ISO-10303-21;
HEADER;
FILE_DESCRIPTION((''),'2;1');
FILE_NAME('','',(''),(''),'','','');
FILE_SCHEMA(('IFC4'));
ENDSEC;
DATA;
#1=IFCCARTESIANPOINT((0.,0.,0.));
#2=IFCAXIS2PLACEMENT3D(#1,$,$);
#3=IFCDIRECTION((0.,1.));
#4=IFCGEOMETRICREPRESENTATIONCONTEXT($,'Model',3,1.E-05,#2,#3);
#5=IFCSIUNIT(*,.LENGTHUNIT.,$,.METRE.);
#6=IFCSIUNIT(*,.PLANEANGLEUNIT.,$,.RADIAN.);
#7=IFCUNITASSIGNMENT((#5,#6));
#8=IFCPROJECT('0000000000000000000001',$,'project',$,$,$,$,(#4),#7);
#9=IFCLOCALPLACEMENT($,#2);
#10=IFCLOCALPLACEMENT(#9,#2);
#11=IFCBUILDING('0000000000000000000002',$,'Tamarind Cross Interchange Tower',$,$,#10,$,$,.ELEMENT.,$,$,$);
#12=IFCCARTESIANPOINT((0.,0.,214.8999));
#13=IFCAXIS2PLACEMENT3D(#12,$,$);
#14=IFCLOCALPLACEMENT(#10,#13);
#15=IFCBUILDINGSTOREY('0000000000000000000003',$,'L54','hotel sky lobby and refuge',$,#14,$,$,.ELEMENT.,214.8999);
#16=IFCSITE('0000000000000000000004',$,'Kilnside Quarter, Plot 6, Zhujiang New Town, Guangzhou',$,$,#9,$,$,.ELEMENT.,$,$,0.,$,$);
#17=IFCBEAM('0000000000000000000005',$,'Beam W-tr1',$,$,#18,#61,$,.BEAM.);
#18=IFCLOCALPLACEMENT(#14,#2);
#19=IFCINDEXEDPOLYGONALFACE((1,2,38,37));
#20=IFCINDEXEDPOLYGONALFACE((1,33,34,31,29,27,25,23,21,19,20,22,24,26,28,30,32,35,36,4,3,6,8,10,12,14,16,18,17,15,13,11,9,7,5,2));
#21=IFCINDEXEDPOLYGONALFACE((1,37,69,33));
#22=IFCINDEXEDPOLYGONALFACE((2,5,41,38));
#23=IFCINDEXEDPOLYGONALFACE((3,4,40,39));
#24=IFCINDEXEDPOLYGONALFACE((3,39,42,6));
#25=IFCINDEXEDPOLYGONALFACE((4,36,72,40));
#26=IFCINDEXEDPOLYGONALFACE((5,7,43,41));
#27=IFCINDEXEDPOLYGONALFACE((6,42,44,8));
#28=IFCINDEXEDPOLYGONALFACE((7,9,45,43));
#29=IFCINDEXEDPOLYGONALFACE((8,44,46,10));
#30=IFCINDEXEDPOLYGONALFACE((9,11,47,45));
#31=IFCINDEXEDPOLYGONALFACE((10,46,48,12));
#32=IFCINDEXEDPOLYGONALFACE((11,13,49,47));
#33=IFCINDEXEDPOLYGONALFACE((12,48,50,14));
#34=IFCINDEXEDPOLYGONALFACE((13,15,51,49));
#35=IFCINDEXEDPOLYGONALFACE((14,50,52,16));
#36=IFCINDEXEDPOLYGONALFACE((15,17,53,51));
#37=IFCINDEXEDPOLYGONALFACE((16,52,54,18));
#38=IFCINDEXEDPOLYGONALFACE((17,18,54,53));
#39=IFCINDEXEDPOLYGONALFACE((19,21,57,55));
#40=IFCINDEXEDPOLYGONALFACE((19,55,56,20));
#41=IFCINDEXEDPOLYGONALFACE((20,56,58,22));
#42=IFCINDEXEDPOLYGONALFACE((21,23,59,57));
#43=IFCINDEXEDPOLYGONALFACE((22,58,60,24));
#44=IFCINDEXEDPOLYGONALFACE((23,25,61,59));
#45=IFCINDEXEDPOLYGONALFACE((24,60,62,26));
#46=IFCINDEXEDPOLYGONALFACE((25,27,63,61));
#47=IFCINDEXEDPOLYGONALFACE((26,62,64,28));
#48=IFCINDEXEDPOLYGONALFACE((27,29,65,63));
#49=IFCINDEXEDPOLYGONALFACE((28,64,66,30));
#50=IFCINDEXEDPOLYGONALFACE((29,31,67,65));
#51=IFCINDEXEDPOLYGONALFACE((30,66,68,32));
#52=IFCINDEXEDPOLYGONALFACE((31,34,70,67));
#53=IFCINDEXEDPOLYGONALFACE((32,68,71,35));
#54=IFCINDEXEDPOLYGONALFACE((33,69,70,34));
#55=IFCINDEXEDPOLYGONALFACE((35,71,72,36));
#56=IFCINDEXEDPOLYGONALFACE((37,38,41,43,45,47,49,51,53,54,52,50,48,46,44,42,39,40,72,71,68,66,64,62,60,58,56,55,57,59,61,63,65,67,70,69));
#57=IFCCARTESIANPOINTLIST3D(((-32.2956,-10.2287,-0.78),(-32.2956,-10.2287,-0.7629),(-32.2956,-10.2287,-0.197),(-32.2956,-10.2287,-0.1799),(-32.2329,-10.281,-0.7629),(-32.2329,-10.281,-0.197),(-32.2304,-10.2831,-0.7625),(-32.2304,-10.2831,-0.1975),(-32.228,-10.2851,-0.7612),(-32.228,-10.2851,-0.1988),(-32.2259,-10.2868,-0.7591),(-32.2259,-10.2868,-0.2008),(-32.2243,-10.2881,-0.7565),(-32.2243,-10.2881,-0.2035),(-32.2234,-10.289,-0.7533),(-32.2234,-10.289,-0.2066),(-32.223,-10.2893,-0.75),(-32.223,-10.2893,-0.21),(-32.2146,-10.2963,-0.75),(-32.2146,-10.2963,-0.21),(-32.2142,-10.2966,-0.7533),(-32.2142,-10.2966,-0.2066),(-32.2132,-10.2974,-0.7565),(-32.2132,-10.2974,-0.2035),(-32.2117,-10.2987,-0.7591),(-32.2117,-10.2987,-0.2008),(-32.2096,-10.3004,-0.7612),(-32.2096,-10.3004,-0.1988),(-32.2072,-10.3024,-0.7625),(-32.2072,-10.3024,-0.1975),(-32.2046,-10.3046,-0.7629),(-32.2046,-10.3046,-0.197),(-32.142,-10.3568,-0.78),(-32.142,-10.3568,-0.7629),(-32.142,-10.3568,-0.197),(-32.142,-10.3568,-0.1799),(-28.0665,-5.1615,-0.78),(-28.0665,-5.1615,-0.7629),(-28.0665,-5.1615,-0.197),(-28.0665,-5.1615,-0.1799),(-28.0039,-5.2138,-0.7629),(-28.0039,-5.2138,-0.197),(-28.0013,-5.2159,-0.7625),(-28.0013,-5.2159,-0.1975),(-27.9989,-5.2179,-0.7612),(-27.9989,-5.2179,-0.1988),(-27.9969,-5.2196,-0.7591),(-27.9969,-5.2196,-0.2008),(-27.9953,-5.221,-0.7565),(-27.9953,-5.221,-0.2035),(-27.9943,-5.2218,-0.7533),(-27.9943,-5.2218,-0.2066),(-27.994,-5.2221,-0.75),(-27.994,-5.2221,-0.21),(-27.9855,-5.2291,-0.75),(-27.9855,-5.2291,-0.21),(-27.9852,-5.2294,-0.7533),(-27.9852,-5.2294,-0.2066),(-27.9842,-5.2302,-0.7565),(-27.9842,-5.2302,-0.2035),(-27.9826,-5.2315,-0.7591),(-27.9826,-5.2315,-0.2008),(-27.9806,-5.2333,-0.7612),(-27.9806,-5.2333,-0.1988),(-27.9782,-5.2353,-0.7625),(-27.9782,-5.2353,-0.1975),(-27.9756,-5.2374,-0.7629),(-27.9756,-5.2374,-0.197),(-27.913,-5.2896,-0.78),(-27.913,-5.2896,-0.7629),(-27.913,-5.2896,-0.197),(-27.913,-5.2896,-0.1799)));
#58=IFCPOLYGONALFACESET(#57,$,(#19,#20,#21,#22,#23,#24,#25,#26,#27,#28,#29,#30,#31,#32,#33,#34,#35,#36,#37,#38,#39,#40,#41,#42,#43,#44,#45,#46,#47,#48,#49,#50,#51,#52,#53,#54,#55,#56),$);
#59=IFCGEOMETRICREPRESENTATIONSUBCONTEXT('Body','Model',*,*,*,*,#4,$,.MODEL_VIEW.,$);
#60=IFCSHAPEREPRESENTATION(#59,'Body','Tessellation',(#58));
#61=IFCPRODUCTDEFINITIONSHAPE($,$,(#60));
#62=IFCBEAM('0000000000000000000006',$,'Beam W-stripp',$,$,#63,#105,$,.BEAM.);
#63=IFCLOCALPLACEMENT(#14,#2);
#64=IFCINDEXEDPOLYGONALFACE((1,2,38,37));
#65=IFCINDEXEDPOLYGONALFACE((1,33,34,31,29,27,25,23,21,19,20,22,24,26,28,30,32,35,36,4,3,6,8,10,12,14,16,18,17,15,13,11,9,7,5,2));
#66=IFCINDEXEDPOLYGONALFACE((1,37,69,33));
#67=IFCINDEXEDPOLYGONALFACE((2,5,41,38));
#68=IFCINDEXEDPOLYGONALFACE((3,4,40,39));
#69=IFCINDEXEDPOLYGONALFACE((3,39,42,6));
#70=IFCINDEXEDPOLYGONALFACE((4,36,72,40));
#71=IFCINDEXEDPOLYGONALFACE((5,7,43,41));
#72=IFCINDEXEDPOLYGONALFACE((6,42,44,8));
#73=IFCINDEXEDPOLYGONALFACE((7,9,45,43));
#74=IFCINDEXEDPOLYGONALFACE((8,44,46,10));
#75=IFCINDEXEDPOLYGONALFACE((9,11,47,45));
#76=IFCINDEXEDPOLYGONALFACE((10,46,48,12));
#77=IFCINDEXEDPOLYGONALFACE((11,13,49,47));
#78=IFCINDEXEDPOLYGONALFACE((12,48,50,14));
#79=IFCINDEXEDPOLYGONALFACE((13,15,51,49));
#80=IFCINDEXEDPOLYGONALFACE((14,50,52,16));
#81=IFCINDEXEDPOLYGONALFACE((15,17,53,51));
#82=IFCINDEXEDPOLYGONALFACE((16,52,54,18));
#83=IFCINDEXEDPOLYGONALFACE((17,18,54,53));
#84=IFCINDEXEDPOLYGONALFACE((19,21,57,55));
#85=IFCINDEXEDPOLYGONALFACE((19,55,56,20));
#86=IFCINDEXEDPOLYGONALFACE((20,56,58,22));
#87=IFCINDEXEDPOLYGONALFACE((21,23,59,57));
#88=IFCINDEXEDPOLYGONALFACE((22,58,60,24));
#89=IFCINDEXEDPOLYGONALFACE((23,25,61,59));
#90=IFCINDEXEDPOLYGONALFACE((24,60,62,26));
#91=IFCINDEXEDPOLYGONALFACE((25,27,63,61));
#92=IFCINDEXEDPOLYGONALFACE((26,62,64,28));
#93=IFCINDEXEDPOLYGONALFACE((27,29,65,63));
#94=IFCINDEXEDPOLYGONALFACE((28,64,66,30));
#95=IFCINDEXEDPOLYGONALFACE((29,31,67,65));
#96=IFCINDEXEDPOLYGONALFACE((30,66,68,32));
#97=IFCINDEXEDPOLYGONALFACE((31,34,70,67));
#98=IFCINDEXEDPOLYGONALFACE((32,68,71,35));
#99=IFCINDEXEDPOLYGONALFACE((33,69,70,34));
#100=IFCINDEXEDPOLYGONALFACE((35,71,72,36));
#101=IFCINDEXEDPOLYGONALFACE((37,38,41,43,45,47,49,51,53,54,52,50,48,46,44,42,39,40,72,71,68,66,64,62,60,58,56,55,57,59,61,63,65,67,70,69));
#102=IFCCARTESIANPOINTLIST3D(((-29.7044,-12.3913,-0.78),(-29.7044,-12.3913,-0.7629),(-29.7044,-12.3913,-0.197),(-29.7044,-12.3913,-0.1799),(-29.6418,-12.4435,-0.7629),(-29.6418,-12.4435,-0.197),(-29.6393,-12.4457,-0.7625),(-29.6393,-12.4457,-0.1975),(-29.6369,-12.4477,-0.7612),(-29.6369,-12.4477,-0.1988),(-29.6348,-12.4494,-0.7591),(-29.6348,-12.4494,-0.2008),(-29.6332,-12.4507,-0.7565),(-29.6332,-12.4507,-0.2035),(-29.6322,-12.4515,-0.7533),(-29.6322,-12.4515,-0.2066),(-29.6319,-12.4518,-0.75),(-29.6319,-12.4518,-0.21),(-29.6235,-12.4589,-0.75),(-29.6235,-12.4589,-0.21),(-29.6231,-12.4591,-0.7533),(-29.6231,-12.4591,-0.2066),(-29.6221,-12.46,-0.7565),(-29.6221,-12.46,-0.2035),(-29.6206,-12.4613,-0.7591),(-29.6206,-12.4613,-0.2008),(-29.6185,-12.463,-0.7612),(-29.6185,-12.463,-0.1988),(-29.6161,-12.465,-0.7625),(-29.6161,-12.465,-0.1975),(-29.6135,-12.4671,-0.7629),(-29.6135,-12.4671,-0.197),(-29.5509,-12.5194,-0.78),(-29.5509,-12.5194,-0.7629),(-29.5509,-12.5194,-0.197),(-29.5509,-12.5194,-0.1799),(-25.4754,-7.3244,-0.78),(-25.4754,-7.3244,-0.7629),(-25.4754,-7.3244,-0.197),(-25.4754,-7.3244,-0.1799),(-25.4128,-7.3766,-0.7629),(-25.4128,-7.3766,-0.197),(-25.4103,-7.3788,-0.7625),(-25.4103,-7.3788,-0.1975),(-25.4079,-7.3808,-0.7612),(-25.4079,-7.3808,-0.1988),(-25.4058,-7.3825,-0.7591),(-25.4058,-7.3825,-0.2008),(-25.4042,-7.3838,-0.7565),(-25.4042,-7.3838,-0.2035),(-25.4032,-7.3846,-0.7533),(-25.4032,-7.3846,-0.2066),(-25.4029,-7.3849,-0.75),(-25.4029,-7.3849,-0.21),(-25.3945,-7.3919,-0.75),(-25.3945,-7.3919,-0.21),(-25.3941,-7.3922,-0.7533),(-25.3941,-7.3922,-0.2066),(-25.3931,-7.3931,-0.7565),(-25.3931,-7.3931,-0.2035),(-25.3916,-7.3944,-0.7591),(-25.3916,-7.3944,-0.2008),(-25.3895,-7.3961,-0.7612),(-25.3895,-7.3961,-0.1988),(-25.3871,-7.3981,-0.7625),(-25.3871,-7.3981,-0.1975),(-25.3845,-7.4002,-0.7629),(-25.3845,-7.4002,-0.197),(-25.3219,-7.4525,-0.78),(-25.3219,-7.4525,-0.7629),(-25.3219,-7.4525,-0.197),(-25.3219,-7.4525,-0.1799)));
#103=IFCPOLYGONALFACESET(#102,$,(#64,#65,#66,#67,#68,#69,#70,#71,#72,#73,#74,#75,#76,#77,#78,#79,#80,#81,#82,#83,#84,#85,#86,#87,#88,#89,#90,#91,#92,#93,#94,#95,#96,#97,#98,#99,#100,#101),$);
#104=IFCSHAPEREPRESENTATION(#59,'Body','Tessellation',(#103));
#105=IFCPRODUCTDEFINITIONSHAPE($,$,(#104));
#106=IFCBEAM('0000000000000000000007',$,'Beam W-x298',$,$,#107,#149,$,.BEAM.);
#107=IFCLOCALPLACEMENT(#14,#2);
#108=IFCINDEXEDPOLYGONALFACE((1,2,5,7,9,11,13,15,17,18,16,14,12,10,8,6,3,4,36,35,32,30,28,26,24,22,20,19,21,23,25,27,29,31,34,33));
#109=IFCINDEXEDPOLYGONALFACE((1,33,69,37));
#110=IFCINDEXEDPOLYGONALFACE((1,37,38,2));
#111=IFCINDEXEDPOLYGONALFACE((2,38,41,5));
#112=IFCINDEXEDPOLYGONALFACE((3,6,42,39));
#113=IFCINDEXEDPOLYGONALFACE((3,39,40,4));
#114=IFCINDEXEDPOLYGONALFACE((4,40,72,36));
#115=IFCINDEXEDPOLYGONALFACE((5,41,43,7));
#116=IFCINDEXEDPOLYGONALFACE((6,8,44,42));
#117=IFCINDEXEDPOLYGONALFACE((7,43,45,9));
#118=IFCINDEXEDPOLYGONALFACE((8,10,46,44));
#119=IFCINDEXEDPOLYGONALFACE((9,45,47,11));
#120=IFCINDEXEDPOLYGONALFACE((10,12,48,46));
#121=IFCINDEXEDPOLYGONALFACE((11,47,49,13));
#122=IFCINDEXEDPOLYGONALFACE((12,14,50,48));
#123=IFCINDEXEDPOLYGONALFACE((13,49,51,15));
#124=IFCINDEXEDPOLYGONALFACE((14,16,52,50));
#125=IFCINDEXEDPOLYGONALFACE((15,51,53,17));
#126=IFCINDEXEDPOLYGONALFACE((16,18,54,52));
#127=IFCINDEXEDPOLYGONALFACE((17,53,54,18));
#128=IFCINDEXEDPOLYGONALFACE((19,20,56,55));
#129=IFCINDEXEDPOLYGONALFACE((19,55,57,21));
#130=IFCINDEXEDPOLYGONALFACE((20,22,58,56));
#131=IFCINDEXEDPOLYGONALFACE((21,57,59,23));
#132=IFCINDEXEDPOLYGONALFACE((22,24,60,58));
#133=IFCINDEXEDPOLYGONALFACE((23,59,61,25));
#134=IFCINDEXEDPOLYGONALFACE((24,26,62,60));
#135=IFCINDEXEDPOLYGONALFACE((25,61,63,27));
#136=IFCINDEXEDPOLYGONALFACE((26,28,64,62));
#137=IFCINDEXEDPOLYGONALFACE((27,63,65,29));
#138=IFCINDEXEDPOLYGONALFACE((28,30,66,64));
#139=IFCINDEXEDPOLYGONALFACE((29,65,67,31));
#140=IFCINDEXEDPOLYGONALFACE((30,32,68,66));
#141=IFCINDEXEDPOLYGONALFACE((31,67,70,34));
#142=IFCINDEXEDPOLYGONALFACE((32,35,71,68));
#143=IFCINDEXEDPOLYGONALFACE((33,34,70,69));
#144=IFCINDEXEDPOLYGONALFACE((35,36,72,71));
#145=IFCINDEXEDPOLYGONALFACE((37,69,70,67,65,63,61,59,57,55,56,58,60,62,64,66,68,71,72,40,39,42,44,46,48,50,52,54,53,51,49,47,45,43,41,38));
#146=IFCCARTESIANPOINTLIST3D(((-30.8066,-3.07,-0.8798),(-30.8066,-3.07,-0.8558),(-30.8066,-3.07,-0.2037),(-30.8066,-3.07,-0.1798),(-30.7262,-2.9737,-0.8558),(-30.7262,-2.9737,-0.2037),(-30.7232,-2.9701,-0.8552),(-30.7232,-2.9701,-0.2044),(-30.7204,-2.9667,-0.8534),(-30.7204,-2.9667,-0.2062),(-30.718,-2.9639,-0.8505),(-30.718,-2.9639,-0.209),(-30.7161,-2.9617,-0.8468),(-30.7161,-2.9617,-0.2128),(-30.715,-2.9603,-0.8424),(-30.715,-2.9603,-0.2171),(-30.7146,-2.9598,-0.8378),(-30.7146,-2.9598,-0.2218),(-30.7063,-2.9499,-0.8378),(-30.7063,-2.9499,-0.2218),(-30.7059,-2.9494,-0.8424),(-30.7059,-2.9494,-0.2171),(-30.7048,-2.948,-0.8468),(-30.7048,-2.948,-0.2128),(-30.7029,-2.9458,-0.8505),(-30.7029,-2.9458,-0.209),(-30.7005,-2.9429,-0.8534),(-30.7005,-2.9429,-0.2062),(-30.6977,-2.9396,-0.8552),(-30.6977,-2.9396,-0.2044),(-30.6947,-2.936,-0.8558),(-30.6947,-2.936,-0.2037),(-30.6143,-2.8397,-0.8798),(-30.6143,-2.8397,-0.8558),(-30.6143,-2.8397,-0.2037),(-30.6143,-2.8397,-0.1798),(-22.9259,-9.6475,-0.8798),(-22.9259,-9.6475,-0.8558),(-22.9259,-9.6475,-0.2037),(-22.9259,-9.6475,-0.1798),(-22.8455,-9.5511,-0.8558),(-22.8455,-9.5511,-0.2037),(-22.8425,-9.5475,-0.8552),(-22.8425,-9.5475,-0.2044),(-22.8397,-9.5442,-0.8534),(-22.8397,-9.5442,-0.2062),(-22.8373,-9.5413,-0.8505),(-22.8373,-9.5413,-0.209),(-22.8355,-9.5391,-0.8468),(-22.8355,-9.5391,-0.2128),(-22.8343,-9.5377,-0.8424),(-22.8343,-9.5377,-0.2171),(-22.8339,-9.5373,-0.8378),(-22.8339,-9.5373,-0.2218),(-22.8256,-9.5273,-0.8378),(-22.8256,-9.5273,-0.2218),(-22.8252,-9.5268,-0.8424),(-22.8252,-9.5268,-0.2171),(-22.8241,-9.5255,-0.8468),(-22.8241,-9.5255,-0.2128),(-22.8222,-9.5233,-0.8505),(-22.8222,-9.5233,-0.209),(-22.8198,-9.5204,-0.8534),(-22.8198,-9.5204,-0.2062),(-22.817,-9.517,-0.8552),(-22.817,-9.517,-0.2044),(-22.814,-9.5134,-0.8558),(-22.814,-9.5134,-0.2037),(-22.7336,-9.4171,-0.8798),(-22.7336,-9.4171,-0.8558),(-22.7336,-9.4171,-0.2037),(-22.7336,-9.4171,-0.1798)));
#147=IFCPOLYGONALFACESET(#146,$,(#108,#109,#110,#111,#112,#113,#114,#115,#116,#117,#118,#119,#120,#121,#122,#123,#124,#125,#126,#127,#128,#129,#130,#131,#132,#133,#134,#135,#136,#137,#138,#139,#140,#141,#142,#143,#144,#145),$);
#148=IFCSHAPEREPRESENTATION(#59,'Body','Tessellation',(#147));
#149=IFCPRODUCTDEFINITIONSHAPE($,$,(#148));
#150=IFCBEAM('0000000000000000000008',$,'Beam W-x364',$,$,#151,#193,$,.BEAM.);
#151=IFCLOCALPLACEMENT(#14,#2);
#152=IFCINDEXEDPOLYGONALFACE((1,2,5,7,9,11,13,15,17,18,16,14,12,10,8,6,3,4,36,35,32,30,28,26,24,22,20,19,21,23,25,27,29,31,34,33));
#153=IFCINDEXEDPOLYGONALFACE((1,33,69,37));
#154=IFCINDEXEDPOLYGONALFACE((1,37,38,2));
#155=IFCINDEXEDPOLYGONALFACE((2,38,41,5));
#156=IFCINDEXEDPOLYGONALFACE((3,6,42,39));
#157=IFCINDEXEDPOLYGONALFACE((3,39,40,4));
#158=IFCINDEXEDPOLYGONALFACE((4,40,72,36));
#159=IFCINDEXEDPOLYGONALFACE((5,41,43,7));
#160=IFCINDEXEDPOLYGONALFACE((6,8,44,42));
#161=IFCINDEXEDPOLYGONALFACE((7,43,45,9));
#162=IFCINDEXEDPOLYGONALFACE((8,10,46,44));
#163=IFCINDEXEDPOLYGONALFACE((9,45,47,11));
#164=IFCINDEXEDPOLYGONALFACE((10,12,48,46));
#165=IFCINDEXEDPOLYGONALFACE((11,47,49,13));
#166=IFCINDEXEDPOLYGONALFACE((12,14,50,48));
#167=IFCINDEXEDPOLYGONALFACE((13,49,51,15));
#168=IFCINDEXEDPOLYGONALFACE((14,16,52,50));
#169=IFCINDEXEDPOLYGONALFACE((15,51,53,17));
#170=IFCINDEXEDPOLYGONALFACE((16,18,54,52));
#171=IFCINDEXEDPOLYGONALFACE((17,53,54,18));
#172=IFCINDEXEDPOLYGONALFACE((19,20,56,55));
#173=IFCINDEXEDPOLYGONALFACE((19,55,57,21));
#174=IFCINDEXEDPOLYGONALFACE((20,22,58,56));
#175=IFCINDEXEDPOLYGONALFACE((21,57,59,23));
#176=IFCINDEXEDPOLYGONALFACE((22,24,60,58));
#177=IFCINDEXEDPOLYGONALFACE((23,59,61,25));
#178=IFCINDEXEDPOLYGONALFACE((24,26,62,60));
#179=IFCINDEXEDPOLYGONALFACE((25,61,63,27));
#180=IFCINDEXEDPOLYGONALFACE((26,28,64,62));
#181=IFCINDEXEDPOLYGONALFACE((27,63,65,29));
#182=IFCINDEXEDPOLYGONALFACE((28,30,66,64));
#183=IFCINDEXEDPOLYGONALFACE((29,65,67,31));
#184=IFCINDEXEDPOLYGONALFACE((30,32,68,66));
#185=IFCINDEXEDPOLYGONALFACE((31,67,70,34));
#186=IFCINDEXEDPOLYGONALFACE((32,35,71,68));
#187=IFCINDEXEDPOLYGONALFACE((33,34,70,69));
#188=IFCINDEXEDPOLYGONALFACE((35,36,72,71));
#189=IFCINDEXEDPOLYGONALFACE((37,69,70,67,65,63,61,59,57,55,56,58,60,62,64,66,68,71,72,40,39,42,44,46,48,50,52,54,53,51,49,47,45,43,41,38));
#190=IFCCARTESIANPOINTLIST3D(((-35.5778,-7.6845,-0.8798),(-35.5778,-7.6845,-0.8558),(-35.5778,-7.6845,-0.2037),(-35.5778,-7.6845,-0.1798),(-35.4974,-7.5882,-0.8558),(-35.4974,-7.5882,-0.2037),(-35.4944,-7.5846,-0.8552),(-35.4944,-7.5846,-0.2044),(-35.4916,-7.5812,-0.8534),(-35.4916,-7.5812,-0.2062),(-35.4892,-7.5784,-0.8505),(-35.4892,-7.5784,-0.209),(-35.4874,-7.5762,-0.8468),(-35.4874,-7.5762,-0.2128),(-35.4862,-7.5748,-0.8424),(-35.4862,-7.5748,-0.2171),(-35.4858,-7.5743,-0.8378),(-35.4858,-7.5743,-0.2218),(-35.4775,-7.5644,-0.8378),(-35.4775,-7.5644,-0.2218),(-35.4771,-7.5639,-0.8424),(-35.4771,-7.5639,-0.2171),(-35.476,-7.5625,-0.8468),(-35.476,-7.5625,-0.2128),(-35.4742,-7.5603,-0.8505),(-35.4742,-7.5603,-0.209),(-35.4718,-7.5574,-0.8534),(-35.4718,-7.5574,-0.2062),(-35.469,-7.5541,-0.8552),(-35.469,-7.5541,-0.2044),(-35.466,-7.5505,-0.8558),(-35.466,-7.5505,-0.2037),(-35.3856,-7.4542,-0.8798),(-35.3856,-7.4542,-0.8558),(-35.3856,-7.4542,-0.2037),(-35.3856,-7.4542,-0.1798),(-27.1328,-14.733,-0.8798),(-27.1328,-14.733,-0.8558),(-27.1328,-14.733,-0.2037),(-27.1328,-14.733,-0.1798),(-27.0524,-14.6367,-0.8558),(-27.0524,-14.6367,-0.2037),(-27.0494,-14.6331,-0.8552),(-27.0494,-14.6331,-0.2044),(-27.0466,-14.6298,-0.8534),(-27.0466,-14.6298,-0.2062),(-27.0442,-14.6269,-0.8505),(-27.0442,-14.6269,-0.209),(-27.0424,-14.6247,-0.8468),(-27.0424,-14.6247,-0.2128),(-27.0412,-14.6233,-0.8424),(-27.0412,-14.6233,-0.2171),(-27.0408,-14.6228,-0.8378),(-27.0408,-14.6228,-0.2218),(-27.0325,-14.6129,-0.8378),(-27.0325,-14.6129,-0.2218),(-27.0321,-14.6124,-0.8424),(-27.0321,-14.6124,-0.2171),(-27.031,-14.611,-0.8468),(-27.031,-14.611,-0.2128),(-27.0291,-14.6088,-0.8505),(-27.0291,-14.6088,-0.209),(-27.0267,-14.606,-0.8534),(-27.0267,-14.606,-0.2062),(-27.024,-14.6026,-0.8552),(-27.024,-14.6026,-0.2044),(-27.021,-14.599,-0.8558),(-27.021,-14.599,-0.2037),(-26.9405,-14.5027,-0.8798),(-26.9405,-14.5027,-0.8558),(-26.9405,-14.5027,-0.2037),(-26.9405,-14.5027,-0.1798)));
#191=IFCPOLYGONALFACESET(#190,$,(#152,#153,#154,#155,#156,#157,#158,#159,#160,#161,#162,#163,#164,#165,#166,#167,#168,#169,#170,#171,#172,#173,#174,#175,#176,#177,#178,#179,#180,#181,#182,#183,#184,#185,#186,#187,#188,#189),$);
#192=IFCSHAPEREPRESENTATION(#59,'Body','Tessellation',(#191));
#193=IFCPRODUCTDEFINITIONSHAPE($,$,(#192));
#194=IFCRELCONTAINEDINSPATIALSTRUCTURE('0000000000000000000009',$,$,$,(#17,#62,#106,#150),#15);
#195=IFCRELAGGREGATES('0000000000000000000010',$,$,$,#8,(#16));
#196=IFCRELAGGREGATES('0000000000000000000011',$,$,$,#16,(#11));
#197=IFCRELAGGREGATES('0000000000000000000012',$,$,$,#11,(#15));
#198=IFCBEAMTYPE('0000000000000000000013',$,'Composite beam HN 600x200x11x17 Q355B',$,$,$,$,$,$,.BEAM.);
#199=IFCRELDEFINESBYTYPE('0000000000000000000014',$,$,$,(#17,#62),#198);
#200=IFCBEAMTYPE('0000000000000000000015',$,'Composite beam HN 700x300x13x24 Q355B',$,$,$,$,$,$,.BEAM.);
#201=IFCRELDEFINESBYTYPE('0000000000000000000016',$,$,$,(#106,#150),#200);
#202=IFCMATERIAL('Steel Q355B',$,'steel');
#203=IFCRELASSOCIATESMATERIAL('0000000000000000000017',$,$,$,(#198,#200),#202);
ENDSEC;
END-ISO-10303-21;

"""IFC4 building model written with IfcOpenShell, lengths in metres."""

from ifc_helpers import new_model, si_unit, direction, frame, origin, origin_2d, place, context, subcontext, project, spatial, i_section, extrude, material, material_profile, profile_set, type_object, element, save


model = new_model("IFC4")

# Units and contexts
model_context = context("Model", 3, precision=1e-05, world=origin(), true_north=direction((0.0, 1.0)))
body_context = subcontext(model_context, "Body", "Model", "MODEL_VIEW")
ifc_project = project(units=[si_unit("LENGTHUNIT", "METRE"), si_unit("PLANEANGLEUNIT", "RADIAN")], contexts=[model_context])

# Site, building, storey
site_placement = place(None, origin())
site = spatial("IfcSite", under=ifc_project, at=site_placement, Name="Kilnside Quarter, Plot 6, Zhujiang New Town, Guangzhou", CompositionType="ELEMENT", RefElevation=0.0)
building_placement = place(site_placement, origin())
building = spatial("IfcBuilding", under=site, at=building_placement, Name="Tamarind Cross Interchange Tower", CompositionType="ELEMENT")
storey_placement = place(building_placement, frame((0.0, 0.0, 214.8999)))
storey = spatial("IfcBuildingStorey", under=building, at=storey_placement, Name="L54", Description="hotel sky lobby and refuge", CompositionType="ELEMENT", Elevation=214.8999)

# Beams
ifc_material_1 = material(Name="Steel Q355B", Category="steel")
ifc_material_profile_1 = material_profile(ifc_material_1, i_section(OverallWidth=0.2, OverallDepth=0.6001, WebThickness=0.011, FlangeThickness=0.0171, FilletRadius=0.0129, at=origin_2d()), Name="HN 600x200x11x17")
ifc_profile_set_1 = profile_set([ifc_material_profile_1], Name="Steel Q355B")
beam_type_1 = type_object("IfcBeamType", Name="Composite beam HN 600x200x11x17 Q355B", PredefinedType="BEAM", material=ifc_profile_set_1)
for number, where, z_axis, x_axis, name in (
    (1, (-27.9897, -5.2256, -0.48), (-0.640755, -0.767745, 0.0), (0.767745, -0.640755, 0.0), "Beam W-tr1"),
):
    element("IfcBeam", number, at=place(storey_placement, frame(where, z_axis=z_axis, x_axis=x_axis)), inside=storey, type_object=beam_type_1, Name=name, PredefinedType="BEAM", context=body_context, shape_type="SweptSolid", body=[
        extrude(i_section(OverallWidth=0.2, OverallDepth=0.6001, WebThickness=0.011, FlangeThickness=0.0171, FilletRadius=0.0129, at=origin_2d()), origin(), (0.0, 0.0, 1.0), 6.6001),
    ])
beam_1_placement = place(storey_placement, frame((-25.3987, -7.3884, -0.48), z_axis=(-0.640774, -0.76773, 0.0), x_axis=(0.76773, -0.640774, 0.0)))
element("IfcBeam", 2, at=beam_1_placement, inside=storey, type_object=beam_type_1, Name="Beam W-stripp", PredefinedType="BEAM", context=body_context, shape_type="SweptSolid", body=[
    extrude(i_section(OverallWidth=0.2, OverallDepth=0.6001, WebThickness=0.011, FlangeThickness=0.0171, FilletRadius=0.0129, at=origin_2d()), origin(), (0.0, 0.0, 1.0), 6.5999),
])
ifc_material_profile_2 = material_profile(ifc_material_1, i_section(OverallWidth=0.3, OverallDepth=0.7, WebThickness=0.0129, FlangeThickness=0.0239, FilletRadius=0.0181, at=origin_2d()), Name="HN 700x300x13x24")
ifc_profile_set_2 = profile_set([ifc_material_profile_2], Name="Steel Q355B")
beam_type_2 = type_object("IfcBeamType", Name="Composite beam HN 700x300x13x24 Q355B", PredefinedType="BEAM", material=ifc_profile_set_2)
beam_2_placement = place(storey_placement, frame((-30.7104, -2.9548, -0.5298), z_axis=(0.767732, -0.640771, 0.0), x_axis=(0.640771, 0.767732, 0.0)))
element("IfcBeam", 3, at=beam_2_placement, inside=storey, type_object=beam_type_2, Name="Beam W-x298", PredefinedType="BEAM", context=body_context, shape_type="SweptSolid", body=[
    extrude(i_section(OverallWidth=0.3, OverallDepth=0.7, WebThickness=0.0129, FlangeThickness=0.0239, FilletRadius=0.0181, at=origin_2d()), origin(), (0.0, 0.0, 1.0), 10.2649),
])
beam_3_placement = place(storey_placement, frame((-35.4817, -7.5693, -0.5298), z_axis=(0.767728, -0.640776, 0.0), x_axis=(0.640776, 0.767728, 0.0)))
element("IfcBeam", 4, at=beam_3_placement, inside=storey, type_object=beam_type_2, Name="Beam W-x364", PredefinedType="BEAM", context=body_context, shape_type="SweptSolid", body=[
    extrude(i_section(OverallWidth=0.3, OverallDepth=0.7, WebThickness=0.0129, FlangeThickness=0.0239, FilletRadius=0.0181, at=origin_2d()), origin(), (0.0, 0.0, 1.0), 11.0),
])

save(model, "model.ifc")
